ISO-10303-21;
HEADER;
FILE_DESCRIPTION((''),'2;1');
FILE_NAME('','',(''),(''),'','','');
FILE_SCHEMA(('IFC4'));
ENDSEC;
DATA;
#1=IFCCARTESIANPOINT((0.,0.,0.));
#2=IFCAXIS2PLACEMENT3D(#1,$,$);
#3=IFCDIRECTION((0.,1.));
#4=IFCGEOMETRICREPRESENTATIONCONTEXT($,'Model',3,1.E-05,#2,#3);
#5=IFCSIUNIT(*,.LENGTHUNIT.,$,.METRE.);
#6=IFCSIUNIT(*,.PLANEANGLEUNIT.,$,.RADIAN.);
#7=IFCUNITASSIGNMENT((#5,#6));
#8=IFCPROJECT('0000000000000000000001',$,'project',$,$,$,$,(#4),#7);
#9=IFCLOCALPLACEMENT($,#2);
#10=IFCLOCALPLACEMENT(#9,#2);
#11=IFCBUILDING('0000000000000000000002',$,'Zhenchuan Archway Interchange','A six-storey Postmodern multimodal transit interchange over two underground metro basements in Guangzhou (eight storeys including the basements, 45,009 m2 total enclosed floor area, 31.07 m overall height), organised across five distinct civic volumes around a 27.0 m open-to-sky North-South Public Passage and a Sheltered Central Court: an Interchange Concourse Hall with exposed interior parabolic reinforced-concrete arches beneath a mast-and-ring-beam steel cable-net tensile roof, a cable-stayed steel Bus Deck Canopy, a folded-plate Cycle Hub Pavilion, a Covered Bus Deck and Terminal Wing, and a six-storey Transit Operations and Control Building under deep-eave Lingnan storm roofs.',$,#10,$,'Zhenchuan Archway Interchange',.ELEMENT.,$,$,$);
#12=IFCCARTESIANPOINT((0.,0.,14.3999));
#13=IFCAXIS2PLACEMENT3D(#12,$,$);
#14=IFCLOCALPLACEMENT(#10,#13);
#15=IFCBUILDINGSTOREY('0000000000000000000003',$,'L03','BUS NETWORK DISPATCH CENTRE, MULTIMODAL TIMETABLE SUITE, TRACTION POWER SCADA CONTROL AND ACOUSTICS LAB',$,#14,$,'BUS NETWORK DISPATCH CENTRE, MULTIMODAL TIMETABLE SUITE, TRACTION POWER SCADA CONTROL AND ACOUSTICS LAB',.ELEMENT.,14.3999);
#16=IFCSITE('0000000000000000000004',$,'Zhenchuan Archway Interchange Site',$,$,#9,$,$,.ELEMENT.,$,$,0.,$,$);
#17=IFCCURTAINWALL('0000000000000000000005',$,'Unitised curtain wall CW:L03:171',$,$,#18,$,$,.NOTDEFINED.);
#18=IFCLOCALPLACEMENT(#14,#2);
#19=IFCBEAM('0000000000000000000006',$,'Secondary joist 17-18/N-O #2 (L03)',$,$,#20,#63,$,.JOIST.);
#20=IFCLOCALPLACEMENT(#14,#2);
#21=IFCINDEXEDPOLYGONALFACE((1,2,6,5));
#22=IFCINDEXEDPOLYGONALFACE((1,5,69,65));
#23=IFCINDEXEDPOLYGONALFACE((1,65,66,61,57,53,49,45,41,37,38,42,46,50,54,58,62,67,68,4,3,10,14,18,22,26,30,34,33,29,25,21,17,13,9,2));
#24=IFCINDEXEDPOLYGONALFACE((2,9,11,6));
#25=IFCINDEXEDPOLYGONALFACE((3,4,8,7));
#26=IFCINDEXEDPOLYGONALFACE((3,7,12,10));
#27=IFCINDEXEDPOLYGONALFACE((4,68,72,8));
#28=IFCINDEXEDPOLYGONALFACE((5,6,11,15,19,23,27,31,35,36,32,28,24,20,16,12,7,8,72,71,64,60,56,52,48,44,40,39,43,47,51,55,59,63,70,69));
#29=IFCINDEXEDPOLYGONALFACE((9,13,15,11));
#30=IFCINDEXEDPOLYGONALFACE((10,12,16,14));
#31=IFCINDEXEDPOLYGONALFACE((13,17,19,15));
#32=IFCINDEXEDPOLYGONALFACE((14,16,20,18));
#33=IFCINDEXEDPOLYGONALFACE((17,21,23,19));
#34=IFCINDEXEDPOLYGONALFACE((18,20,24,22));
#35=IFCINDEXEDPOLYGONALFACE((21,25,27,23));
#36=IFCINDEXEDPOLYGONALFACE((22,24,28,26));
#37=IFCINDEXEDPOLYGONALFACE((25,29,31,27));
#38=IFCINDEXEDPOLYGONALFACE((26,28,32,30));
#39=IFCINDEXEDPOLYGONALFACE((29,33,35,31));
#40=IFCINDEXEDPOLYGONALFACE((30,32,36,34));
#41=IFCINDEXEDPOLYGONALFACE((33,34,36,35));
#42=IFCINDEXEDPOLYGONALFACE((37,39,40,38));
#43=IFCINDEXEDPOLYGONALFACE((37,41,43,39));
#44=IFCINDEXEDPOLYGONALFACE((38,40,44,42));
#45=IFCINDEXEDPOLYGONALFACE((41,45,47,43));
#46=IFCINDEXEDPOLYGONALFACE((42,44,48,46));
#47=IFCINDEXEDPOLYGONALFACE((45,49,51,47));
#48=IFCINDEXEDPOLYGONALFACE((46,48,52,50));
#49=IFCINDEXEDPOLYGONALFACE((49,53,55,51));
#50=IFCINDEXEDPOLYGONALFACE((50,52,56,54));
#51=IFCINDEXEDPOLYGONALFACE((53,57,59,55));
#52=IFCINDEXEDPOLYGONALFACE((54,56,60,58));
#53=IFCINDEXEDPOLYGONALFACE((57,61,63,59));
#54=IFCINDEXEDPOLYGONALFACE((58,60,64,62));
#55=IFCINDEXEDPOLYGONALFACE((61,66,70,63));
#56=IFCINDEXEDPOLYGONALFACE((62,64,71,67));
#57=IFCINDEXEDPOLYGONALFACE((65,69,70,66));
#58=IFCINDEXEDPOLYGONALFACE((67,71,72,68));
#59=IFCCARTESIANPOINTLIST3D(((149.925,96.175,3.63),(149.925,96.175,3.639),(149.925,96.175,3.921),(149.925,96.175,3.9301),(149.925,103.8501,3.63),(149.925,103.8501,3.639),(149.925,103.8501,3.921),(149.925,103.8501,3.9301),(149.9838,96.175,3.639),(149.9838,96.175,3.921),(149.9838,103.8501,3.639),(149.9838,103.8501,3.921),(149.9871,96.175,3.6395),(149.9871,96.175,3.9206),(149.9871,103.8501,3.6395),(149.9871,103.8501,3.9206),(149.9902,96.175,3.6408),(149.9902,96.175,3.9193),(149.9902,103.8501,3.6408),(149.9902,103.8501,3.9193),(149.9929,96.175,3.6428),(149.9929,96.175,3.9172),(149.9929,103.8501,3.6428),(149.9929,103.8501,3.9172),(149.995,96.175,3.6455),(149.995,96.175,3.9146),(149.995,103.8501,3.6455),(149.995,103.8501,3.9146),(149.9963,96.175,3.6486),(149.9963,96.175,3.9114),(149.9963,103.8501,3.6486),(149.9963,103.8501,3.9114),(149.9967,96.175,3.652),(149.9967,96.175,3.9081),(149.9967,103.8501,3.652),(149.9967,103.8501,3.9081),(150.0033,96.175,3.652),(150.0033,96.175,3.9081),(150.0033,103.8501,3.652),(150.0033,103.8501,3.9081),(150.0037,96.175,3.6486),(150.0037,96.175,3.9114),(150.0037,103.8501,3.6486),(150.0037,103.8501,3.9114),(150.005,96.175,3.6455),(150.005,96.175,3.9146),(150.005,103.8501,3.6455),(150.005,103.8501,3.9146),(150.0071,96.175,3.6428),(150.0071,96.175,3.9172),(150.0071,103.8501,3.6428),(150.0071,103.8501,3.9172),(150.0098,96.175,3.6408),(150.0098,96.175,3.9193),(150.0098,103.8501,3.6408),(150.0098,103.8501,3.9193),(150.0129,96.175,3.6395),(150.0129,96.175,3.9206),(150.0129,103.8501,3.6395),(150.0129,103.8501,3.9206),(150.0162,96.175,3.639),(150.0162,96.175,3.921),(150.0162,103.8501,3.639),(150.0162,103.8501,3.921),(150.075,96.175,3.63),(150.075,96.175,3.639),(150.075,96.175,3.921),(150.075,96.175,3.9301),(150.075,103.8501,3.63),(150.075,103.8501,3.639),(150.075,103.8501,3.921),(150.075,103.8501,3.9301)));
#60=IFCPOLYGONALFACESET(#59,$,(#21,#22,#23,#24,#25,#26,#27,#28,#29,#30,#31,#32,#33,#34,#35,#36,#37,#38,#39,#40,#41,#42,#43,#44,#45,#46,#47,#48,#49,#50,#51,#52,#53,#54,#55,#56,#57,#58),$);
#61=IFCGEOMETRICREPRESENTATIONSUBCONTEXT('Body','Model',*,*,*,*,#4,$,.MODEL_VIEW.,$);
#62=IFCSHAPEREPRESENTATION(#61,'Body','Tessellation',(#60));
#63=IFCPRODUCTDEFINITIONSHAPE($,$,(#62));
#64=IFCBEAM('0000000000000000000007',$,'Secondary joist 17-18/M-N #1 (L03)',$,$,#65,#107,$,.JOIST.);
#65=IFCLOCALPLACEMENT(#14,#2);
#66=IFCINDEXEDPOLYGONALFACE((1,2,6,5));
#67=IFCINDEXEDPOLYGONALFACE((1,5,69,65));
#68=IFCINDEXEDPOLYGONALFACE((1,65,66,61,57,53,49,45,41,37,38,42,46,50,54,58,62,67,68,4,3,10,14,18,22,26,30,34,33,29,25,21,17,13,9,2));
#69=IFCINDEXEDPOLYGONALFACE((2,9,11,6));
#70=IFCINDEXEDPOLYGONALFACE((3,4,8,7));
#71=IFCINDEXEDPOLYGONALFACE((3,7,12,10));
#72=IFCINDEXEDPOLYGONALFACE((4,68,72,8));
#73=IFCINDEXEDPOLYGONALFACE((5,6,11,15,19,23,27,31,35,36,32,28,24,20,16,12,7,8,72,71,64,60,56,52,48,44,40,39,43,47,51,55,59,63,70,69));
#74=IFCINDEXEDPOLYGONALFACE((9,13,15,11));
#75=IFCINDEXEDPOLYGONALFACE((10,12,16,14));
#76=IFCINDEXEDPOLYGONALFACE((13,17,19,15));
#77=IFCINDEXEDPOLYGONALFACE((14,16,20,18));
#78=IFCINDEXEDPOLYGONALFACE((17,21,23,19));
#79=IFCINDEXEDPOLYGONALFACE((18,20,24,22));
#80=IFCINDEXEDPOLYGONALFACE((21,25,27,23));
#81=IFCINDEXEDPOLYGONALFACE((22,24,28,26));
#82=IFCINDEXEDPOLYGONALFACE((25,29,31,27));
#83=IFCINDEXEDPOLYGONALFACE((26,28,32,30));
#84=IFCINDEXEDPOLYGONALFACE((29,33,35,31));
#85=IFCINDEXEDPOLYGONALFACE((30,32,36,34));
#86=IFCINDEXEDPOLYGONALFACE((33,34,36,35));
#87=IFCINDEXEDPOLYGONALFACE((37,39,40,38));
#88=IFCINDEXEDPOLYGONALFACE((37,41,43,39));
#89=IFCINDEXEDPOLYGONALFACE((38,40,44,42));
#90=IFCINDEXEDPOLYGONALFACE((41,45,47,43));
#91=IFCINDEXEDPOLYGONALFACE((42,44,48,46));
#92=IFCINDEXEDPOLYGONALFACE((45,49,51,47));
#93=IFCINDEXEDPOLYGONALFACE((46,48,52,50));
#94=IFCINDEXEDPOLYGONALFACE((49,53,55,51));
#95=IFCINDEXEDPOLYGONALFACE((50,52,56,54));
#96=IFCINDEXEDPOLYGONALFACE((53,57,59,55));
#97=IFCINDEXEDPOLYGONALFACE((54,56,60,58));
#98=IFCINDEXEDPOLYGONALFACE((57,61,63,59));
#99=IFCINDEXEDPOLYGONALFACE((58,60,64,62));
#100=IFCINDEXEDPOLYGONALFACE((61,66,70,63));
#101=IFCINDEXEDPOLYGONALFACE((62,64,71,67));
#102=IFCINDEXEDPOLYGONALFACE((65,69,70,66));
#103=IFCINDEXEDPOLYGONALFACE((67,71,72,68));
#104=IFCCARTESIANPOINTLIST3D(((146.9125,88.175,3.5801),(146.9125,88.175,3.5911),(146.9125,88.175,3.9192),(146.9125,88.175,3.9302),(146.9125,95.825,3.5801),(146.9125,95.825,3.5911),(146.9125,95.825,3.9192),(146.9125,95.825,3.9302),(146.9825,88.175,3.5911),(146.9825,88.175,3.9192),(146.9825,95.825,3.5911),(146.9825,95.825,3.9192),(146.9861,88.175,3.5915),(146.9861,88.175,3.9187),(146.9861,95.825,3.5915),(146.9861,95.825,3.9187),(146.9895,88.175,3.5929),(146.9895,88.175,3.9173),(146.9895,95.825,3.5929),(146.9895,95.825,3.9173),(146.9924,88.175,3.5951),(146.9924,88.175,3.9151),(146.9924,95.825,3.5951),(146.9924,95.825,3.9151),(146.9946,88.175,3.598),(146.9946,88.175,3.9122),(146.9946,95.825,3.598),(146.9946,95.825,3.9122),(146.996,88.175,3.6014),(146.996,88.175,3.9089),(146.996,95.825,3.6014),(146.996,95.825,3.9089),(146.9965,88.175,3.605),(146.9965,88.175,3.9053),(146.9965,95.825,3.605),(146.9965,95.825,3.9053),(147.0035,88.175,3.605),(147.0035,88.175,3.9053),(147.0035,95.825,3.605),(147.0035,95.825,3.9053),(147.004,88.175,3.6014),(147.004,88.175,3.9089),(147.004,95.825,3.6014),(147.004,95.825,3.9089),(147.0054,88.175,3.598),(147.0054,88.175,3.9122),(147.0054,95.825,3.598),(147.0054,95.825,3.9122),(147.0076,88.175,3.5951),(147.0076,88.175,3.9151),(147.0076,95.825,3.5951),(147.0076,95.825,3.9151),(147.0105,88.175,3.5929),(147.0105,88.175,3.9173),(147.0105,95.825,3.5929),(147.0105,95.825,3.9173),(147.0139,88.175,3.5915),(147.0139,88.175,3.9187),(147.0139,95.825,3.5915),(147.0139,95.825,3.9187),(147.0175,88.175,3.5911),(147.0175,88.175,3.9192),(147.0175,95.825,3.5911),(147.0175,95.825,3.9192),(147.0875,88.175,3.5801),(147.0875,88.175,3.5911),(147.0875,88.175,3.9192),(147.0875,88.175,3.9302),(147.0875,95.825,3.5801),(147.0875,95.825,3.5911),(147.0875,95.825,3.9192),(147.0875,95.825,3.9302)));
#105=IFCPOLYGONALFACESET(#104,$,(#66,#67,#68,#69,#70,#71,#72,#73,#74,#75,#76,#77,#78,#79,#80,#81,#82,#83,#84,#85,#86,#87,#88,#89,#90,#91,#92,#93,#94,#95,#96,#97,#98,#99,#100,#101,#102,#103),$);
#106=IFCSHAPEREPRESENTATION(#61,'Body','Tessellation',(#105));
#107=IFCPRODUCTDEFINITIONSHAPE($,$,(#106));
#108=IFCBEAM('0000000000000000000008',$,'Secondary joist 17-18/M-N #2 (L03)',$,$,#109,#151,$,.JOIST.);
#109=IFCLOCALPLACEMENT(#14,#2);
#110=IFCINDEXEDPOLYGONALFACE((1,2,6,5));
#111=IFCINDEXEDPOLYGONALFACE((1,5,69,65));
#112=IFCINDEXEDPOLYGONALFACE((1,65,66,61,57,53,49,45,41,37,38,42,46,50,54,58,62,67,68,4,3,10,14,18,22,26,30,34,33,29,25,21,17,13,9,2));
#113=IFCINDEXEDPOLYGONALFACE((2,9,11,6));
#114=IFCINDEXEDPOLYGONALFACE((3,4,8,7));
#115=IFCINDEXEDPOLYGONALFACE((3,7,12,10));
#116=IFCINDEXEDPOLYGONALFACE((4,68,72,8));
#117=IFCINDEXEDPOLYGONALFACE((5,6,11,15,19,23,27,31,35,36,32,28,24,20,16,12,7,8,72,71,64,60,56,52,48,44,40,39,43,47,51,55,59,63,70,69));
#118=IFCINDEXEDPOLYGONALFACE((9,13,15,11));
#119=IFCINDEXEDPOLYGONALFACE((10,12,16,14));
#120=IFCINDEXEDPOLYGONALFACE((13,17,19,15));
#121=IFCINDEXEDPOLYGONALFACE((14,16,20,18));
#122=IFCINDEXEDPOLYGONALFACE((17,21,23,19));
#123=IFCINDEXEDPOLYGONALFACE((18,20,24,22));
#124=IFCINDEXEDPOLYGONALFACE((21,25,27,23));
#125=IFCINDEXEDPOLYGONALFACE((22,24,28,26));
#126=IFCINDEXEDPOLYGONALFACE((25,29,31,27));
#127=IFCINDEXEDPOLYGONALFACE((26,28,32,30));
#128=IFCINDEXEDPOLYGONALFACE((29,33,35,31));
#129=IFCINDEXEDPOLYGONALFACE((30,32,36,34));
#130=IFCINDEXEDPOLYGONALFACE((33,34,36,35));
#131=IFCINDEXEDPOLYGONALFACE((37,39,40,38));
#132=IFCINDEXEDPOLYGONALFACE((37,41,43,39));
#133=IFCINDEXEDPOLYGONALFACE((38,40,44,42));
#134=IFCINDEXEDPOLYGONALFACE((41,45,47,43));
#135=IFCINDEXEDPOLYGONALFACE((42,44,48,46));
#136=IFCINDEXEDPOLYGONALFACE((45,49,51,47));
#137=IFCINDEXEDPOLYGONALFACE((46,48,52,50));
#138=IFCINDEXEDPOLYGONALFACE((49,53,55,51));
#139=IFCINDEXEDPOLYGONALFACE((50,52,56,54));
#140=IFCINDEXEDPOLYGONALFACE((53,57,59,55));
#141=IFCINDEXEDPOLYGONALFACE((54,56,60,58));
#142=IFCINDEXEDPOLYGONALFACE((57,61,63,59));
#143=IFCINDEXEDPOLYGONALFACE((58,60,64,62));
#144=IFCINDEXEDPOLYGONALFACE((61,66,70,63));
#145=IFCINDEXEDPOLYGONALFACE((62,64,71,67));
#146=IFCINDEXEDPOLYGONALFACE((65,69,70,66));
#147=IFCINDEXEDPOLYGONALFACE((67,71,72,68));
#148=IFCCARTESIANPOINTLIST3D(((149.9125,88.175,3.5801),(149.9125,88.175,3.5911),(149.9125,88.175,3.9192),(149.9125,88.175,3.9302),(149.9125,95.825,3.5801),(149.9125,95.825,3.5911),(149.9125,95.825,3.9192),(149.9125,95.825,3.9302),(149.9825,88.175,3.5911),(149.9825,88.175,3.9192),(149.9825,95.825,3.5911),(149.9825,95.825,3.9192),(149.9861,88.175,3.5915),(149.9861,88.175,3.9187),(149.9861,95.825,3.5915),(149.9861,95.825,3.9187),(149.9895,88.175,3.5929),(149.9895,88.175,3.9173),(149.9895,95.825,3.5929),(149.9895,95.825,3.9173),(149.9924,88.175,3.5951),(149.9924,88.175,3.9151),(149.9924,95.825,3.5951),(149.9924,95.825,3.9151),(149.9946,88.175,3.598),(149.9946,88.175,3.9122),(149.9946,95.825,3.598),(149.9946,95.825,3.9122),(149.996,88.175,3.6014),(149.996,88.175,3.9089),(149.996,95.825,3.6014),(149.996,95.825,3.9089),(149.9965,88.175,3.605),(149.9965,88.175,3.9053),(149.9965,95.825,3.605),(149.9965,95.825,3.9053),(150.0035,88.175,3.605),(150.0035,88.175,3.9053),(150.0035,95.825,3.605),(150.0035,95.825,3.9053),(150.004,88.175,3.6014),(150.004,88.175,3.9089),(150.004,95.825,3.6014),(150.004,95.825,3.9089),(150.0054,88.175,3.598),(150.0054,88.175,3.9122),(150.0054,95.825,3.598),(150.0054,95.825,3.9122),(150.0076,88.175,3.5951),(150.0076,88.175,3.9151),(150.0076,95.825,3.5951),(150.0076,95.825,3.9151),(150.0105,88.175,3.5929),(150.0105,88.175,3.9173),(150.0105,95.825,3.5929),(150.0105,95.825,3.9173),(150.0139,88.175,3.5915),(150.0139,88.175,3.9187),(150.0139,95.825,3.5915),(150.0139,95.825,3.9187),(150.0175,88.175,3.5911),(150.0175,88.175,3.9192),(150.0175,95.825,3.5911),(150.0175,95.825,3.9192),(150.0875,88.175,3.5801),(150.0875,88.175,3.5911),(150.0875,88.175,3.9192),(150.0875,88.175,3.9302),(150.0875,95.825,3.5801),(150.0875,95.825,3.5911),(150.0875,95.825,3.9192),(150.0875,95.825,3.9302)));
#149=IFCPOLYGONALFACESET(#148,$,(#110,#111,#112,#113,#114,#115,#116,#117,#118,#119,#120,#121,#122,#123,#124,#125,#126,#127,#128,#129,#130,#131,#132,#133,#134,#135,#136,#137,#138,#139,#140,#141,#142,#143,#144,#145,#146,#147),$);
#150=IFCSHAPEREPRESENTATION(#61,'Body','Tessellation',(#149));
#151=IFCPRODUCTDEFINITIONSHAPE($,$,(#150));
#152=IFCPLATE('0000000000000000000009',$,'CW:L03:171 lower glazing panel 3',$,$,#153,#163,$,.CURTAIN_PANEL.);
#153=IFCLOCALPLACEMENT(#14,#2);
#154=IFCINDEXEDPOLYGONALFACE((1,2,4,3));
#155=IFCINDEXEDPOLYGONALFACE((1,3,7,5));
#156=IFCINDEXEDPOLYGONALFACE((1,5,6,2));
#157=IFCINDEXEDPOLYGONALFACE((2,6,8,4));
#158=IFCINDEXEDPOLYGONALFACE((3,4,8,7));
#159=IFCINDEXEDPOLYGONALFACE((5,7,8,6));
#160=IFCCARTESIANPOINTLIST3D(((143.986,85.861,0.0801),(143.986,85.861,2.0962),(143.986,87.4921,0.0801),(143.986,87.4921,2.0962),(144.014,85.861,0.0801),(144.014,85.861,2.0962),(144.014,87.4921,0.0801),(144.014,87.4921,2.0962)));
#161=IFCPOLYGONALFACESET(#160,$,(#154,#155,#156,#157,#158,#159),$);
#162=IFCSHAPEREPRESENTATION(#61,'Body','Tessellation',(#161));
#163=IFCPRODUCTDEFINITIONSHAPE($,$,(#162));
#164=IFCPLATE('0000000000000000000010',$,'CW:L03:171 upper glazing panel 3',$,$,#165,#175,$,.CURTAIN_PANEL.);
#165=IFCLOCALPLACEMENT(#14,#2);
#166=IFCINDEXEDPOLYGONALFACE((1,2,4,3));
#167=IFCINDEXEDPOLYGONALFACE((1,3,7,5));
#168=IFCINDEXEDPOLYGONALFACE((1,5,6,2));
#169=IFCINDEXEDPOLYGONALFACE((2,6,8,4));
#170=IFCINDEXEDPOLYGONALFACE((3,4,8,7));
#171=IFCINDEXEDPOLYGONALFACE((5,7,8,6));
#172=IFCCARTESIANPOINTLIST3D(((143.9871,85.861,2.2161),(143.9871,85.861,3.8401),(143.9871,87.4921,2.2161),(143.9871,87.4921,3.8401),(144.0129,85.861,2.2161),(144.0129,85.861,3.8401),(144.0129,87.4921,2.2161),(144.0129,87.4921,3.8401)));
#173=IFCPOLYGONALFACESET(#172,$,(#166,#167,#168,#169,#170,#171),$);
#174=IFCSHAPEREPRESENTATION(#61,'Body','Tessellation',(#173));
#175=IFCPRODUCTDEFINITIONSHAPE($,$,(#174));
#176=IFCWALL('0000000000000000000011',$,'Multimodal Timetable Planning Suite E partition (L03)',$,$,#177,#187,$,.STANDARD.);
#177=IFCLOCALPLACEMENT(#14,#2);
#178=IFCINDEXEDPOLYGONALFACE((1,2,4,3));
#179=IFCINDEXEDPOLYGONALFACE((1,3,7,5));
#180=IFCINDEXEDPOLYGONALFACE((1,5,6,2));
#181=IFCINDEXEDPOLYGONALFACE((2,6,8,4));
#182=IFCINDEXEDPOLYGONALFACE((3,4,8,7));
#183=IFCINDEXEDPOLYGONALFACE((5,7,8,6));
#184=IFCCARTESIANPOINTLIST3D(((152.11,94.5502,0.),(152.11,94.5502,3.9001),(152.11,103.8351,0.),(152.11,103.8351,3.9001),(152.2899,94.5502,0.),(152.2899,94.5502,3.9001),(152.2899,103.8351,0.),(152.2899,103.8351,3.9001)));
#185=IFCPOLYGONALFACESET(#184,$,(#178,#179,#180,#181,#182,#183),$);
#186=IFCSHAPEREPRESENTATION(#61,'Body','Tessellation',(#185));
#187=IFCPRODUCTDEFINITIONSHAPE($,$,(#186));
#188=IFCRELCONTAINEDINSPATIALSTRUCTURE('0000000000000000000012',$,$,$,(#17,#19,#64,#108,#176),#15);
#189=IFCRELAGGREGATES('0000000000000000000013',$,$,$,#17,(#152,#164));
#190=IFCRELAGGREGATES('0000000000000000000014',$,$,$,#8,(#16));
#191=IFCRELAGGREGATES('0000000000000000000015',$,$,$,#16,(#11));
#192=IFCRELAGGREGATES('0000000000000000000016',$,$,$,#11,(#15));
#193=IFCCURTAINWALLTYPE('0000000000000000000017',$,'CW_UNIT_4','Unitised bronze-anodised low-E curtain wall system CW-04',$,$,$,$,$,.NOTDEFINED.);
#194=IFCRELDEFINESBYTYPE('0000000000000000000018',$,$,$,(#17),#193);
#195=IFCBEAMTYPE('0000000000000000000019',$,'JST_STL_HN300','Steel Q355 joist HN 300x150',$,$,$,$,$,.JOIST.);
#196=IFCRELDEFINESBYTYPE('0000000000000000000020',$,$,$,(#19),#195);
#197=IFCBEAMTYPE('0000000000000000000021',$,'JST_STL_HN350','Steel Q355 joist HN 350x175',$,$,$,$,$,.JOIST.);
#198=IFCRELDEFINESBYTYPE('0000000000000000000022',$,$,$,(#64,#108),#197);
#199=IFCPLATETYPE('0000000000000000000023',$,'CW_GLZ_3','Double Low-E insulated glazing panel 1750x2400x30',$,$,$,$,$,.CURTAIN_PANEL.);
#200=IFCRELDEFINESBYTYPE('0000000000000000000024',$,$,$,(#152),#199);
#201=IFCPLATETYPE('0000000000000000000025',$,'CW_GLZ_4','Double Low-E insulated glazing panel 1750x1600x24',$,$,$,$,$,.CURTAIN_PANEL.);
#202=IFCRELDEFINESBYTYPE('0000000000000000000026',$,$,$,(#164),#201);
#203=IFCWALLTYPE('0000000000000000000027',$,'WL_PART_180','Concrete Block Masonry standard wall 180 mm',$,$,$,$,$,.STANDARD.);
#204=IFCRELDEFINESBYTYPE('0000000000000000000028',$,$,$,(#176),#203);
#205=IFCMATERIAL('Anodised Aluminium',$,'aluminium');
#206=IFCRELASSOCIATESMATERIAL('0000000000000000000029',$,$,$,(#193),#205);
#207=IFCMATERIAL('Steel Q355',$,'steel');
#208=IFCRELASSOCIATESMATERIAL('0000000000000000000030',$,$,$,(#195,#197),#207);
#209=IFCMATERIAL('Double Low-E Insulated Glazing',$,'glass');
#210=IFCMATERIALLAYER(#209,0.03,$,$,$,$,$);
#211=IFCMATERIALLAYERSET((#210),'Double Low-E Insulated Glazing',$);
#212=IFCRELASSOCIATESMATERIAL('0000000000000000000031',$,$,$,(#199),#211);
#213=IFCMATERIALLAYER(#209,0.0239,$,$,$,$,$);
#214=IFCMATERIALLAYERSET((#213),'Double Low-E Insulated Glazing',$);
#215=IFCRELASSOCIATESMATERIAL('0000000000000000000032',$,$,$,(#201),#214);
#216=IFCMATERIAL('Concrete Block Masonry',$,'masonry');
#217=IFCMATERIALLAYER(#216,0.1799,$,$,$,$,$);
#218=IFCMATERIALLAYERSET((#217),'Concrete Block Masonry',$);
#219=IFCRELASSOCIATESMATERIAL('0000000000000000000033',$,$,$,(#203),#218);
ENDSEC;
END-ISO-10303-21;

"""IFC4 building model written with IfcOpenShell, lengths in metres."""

from ifc_helpers import new_model, si_unit, direction, frame, frame_2d, origin, origin_2d, place, context, subcontext, project, spatial, rectangle, i_section, extrude, material, layer, layer_set, material_profile, profile_set, type_object, element, aggregate, save


model = new_model("IFC4")

# Units and contexts
model_context = context("Model", 3, precision=1e-05, world=origin(), true_north=direction((0.0, 1.0)))
body_context = subcontext(model_context, "Body", "Model", "MODEL_VIEW")
ifc_project = project(units=[si_unit("LENGTHUNIT", "METRE"), si_unit("PLANEANGLEUNIT", "RADIAN")], contexts=[model_context])

# Site, building, storey
site_placement = place(None, origin())
site = spatial("IfcSite", under=ifc_project, at=site_placement, Name="Zhenchuan Archway Interchange Site", CompositionType="ELEMENT", RefElevation=0.0)
building_placement = place(site_placement, origin())
building = spatial("IfcBuilding", under=site, at=building_placement, Name="Zhenchuan Archway Interchange", Description="A six-storey Postmodern multimodal transit interchange over two underground metro basements in Guangzhou (eight storeys including the basements, 45,009 m2 total enclosed floor area, 31.07 m overall height), organised across five distinct civic volumes around a 27.0 m open-to-sky North-South Public Passage and a Sheltered Central Court: an Interchange Concourse Hall with exposed interior parabolic reinforced-concrete arches beneath a mast-and-ring-beam steel cable-net tensile roof, a cable-stayed steel Bus Deck Canopy, a folded-plate Cycle Hub Pavilion, a Covered Bus Deck and Terminal Wing, and a six-storey Transit Operations and Control Building under deep-eave Lingnan storm roofs.", LongName="Zhenchuan Archway Interchange", CompositionType="ELEMENT")
storey_placement = place(building_placement, frame((0.0, 0.0, 14.3999)))
storey = spatial("IfcBuildingStorey", under=building, at=storey_placement, Name="L03", Description="BUS NETWORK DISPATCH CENTRE, MULTIMODAL TIMETABLE SUITE, TRACTION POWER SCADA CONTROL AND ACOUSTICS LAB", LongName="BUS NETWORK DISPATCH CENTRE, MULTIMODAL TIMETABLE SUITE, TRACTION POWER SCADA CONTROL AND ACOUSTICS LAB", CompositionType="ELEMENT", Elevation=14.3999)

# Curtain wall
ifc_material_1 = material(Name="Anodised Aluminium", Category="aluminium")
curtain_wall_type = type_object("IfcCurtainWallType", Name="CW_UNIT_4", Description="Unitised bronze-anodised low-E curtain wall system CW-04", PredefinedType="NOTDEFINED", material=ifc_material_1)
curtain_wall_placement = place(storey_placement, origin())
curtain_wall = element("IfcCurtainWall", 1, at=curtain_wall_placement, inside=storey, type_object=curtain_wall_type, Name="Unitised curtain wall CW:L03:171", PredefinedType="NOTDEFINED")

# Beams
ifc_material_2 = material(Name="Steel Q355", Category="steel")
ifc_material_profile_1 = material_profile(ifc_material_2, i_section(OverallWidth=0.1499, OverallDepth=0.3, WebThickness=0.0066, FlangeThickness=0.009, FilletRadius=0.0129, at=origin_2d()), Name="HN 300x150")
ifc_profile_set_1 = profile_set([ifc_material_profile_1], Name="Steel Q355")
beam_type_1 = type_object("IfcBeamType", Name="JST_STL_HN300", Description="Steel Q355 joist HN 300x150", PredefinedType="JOIST", material=ifc_profile_set_1)
for number, where, z_axis, x_axis, name in (
    (2, (150.0, 96.175, 3.78), (0.0, 1.0, 0.0), (-1.0, 0.0, 0.0), "Secondary joist 17-18/N-O #2 (L03)"),
):
    element("IfcBeam", number, at=place(storey_placement, frame(where, z_axis=z_axis, x_axis=x_axis)), inside=storey, type_object=beam_type_1, Name=name, PredefinedType="JOIST", context=body_context, shape_type="SweptSolid", body=[
        extrude(i_section(OverallWidth=0.1499, OverallDepth=0.3, WebThickness=0.0066, FlangeThickness=0.009, FilletRadius=0.0129, at=origin_2d()), origin(), (0.0, 0.0, 1.0), 7.675),
    ])
ifc_material_profile_2 = material_profile(ifc_material_2, i_section(OverallWidth=0.175, OverallDepth=0.3501, WebThickness=0.0071, FlangeThickness=0.011, FilletRadius=0.0139, at=origin_2d()), Name="HN 350x175")
ifc_profile_set_2 = profile_set([ifc_material_profile_2], Name="Steel Q355")
beam_type_2 = type_object("IfcBeamType", Name="JST_STL_HN350", Description="Steel Q355 joist HN 350x175", PredefinedType="JOIST", material=ifc_profile_set_2)
for number, where, z_axis, x_axis, name in (
    (3, (147.0, 88.175, 3.7551), (0.0, 1.0, 0.0), (-1.0, 0.0, 0.0), "Secondary joist 17-18/M-N #1 (L03)"),
    (4, (150.0, 88.175, 3.7551), (0.0, 1.0, 0.0), (-1.0, 0.0, 0.0), "Secondary joist 17-18/M-N #2 (L03)"),
):
    element("IfcBeam", number, at=place(storey_placement, frame(where, z_axis=z_axis, x_axis=x_axis)), inside=storey, type_object=beam_type_2, Name=name, PredefinedType="JOIST", context=body_context, shape_type="SweptSolid", body=[
        extrude(i_section(OverallWidth=0.175, OverallDepth=0.3501, WebThickness=0.0071, FlangeThickness=0.011, FilletRadius=0.0139, at=origin_2d()), origin(), (0.0, 0.0, 1.0), 7.6499),
    ])

# Plates
ifc_material_3 = material(Name="Double Low-E Insulated Glazing", Category="glass")
ifc_layer_1 = layer(ifc_material_3, 0.03)
ifc_layer_set_1 = layer_set([ifc_layer_1], Name="Double Low-E Insulated Glazing")
plate_type_1 = type_object("IfcPlateType", Name="CW_GLZ_3", Description="Double Low-E insulated glazing panel 1750x2400x30", PredefinedType="CURTAIN_PANEL", material=ifc_layer_set_1)
plate_1_placement = place(storey_placement, frame((144.0, 86.6765, 0.0801), z_axis=(0.0, 0.0, 1.0), x_axis=(0.0, 1.0, 0.0)))
plate_1 = element("IfcPlate", 5, at=plate_1_placement, type_object=plate_type_1, Name="CW:L03:171 lower glazing panel 3", PredefinedType="CURTAIN_PANEL", context=body_context, shape_type="SweptSolid", body=[
    extrude(rectangle(XDim=1.6311, YDim=0.0281, at=origin_2d()), origin(), (0.0, 0.0, 1.0), 2.0161),
])
ifc_layer_2 = layer(ifc_material_3, 0.0239)
ifc_layer_set_2 = layer_set([ifc_layer_2], Name="Double Low-E Insulated Glazing")
plate_type_2 = type_object("IfcPlateType", Name="CW_GLZ_4", Description="Double Low-E insulated glazing panel 1750x1600x24", PredefinedType="CURTAIN_PANEL", material=ifc_layer_set_2)
plate_2_placement = place(storey_placement, frame((144.0, 86.6765, 2.2161), z_axis=(0.0, 0.0, 1.0), x_axis=(0.0, 1.0, 0.0)))
plate_2 = element("IfcPlate", 6, at=plate_2_placement, type_object=plate_type_2, Name="CW:L03:171 upper glazing panel 3", PredefinedType="CURTAIN_PANEL", context=body_context, shape_type="SweptSolid", body=[
    extrude(rectangle(XDim=1.6311, YDim=0.0259, at=origin_2d()), origin(), (0.0, 0.0, 1.0), 1.624),
])
aggregate(curtain_wall, [plate_1, plate_2])

# Wall
ifc_material_4 = material(Name="Concrete Block Masonry", Category="masonry")
ifc_layer_3 = layer(ifc_material_4, 0.1799)
ifc_layer_set_3 = layer_set([ifc_layer_3], Name="Concrete Block Masonry")
wall_type_1 = type_object("IfcWallType", Name="WL_PART_180", Description="Concrete Block Masonry standard wall 180 mm", PredefinedType="STANDARD", material=ifc_layer_set_3)
wall_1_placement = place(storey_placement, frame((152.2, 94.55, 0.0), z_axis=(0.0, 0.0, 1.0), x_axis=(0.0, 1.0, 0.0)))
element("IfcWall", 7, at=wall_1_placement, inside=storey, type_object=wall_type_1, Name="Multimodal Timetable Planning Suite E partition (L03)", PredefinedType="STANDARD", context=body_context, shape_type="SweptSolid", body=[
    extrude(rectangle(XDim=9.2849, YDim=0.1799, at=frame_2d((4.6426, 0.0))), origin(), (0.0, 0.0, 1.0), 3.9001),
])

save(model, "model.ifc")
